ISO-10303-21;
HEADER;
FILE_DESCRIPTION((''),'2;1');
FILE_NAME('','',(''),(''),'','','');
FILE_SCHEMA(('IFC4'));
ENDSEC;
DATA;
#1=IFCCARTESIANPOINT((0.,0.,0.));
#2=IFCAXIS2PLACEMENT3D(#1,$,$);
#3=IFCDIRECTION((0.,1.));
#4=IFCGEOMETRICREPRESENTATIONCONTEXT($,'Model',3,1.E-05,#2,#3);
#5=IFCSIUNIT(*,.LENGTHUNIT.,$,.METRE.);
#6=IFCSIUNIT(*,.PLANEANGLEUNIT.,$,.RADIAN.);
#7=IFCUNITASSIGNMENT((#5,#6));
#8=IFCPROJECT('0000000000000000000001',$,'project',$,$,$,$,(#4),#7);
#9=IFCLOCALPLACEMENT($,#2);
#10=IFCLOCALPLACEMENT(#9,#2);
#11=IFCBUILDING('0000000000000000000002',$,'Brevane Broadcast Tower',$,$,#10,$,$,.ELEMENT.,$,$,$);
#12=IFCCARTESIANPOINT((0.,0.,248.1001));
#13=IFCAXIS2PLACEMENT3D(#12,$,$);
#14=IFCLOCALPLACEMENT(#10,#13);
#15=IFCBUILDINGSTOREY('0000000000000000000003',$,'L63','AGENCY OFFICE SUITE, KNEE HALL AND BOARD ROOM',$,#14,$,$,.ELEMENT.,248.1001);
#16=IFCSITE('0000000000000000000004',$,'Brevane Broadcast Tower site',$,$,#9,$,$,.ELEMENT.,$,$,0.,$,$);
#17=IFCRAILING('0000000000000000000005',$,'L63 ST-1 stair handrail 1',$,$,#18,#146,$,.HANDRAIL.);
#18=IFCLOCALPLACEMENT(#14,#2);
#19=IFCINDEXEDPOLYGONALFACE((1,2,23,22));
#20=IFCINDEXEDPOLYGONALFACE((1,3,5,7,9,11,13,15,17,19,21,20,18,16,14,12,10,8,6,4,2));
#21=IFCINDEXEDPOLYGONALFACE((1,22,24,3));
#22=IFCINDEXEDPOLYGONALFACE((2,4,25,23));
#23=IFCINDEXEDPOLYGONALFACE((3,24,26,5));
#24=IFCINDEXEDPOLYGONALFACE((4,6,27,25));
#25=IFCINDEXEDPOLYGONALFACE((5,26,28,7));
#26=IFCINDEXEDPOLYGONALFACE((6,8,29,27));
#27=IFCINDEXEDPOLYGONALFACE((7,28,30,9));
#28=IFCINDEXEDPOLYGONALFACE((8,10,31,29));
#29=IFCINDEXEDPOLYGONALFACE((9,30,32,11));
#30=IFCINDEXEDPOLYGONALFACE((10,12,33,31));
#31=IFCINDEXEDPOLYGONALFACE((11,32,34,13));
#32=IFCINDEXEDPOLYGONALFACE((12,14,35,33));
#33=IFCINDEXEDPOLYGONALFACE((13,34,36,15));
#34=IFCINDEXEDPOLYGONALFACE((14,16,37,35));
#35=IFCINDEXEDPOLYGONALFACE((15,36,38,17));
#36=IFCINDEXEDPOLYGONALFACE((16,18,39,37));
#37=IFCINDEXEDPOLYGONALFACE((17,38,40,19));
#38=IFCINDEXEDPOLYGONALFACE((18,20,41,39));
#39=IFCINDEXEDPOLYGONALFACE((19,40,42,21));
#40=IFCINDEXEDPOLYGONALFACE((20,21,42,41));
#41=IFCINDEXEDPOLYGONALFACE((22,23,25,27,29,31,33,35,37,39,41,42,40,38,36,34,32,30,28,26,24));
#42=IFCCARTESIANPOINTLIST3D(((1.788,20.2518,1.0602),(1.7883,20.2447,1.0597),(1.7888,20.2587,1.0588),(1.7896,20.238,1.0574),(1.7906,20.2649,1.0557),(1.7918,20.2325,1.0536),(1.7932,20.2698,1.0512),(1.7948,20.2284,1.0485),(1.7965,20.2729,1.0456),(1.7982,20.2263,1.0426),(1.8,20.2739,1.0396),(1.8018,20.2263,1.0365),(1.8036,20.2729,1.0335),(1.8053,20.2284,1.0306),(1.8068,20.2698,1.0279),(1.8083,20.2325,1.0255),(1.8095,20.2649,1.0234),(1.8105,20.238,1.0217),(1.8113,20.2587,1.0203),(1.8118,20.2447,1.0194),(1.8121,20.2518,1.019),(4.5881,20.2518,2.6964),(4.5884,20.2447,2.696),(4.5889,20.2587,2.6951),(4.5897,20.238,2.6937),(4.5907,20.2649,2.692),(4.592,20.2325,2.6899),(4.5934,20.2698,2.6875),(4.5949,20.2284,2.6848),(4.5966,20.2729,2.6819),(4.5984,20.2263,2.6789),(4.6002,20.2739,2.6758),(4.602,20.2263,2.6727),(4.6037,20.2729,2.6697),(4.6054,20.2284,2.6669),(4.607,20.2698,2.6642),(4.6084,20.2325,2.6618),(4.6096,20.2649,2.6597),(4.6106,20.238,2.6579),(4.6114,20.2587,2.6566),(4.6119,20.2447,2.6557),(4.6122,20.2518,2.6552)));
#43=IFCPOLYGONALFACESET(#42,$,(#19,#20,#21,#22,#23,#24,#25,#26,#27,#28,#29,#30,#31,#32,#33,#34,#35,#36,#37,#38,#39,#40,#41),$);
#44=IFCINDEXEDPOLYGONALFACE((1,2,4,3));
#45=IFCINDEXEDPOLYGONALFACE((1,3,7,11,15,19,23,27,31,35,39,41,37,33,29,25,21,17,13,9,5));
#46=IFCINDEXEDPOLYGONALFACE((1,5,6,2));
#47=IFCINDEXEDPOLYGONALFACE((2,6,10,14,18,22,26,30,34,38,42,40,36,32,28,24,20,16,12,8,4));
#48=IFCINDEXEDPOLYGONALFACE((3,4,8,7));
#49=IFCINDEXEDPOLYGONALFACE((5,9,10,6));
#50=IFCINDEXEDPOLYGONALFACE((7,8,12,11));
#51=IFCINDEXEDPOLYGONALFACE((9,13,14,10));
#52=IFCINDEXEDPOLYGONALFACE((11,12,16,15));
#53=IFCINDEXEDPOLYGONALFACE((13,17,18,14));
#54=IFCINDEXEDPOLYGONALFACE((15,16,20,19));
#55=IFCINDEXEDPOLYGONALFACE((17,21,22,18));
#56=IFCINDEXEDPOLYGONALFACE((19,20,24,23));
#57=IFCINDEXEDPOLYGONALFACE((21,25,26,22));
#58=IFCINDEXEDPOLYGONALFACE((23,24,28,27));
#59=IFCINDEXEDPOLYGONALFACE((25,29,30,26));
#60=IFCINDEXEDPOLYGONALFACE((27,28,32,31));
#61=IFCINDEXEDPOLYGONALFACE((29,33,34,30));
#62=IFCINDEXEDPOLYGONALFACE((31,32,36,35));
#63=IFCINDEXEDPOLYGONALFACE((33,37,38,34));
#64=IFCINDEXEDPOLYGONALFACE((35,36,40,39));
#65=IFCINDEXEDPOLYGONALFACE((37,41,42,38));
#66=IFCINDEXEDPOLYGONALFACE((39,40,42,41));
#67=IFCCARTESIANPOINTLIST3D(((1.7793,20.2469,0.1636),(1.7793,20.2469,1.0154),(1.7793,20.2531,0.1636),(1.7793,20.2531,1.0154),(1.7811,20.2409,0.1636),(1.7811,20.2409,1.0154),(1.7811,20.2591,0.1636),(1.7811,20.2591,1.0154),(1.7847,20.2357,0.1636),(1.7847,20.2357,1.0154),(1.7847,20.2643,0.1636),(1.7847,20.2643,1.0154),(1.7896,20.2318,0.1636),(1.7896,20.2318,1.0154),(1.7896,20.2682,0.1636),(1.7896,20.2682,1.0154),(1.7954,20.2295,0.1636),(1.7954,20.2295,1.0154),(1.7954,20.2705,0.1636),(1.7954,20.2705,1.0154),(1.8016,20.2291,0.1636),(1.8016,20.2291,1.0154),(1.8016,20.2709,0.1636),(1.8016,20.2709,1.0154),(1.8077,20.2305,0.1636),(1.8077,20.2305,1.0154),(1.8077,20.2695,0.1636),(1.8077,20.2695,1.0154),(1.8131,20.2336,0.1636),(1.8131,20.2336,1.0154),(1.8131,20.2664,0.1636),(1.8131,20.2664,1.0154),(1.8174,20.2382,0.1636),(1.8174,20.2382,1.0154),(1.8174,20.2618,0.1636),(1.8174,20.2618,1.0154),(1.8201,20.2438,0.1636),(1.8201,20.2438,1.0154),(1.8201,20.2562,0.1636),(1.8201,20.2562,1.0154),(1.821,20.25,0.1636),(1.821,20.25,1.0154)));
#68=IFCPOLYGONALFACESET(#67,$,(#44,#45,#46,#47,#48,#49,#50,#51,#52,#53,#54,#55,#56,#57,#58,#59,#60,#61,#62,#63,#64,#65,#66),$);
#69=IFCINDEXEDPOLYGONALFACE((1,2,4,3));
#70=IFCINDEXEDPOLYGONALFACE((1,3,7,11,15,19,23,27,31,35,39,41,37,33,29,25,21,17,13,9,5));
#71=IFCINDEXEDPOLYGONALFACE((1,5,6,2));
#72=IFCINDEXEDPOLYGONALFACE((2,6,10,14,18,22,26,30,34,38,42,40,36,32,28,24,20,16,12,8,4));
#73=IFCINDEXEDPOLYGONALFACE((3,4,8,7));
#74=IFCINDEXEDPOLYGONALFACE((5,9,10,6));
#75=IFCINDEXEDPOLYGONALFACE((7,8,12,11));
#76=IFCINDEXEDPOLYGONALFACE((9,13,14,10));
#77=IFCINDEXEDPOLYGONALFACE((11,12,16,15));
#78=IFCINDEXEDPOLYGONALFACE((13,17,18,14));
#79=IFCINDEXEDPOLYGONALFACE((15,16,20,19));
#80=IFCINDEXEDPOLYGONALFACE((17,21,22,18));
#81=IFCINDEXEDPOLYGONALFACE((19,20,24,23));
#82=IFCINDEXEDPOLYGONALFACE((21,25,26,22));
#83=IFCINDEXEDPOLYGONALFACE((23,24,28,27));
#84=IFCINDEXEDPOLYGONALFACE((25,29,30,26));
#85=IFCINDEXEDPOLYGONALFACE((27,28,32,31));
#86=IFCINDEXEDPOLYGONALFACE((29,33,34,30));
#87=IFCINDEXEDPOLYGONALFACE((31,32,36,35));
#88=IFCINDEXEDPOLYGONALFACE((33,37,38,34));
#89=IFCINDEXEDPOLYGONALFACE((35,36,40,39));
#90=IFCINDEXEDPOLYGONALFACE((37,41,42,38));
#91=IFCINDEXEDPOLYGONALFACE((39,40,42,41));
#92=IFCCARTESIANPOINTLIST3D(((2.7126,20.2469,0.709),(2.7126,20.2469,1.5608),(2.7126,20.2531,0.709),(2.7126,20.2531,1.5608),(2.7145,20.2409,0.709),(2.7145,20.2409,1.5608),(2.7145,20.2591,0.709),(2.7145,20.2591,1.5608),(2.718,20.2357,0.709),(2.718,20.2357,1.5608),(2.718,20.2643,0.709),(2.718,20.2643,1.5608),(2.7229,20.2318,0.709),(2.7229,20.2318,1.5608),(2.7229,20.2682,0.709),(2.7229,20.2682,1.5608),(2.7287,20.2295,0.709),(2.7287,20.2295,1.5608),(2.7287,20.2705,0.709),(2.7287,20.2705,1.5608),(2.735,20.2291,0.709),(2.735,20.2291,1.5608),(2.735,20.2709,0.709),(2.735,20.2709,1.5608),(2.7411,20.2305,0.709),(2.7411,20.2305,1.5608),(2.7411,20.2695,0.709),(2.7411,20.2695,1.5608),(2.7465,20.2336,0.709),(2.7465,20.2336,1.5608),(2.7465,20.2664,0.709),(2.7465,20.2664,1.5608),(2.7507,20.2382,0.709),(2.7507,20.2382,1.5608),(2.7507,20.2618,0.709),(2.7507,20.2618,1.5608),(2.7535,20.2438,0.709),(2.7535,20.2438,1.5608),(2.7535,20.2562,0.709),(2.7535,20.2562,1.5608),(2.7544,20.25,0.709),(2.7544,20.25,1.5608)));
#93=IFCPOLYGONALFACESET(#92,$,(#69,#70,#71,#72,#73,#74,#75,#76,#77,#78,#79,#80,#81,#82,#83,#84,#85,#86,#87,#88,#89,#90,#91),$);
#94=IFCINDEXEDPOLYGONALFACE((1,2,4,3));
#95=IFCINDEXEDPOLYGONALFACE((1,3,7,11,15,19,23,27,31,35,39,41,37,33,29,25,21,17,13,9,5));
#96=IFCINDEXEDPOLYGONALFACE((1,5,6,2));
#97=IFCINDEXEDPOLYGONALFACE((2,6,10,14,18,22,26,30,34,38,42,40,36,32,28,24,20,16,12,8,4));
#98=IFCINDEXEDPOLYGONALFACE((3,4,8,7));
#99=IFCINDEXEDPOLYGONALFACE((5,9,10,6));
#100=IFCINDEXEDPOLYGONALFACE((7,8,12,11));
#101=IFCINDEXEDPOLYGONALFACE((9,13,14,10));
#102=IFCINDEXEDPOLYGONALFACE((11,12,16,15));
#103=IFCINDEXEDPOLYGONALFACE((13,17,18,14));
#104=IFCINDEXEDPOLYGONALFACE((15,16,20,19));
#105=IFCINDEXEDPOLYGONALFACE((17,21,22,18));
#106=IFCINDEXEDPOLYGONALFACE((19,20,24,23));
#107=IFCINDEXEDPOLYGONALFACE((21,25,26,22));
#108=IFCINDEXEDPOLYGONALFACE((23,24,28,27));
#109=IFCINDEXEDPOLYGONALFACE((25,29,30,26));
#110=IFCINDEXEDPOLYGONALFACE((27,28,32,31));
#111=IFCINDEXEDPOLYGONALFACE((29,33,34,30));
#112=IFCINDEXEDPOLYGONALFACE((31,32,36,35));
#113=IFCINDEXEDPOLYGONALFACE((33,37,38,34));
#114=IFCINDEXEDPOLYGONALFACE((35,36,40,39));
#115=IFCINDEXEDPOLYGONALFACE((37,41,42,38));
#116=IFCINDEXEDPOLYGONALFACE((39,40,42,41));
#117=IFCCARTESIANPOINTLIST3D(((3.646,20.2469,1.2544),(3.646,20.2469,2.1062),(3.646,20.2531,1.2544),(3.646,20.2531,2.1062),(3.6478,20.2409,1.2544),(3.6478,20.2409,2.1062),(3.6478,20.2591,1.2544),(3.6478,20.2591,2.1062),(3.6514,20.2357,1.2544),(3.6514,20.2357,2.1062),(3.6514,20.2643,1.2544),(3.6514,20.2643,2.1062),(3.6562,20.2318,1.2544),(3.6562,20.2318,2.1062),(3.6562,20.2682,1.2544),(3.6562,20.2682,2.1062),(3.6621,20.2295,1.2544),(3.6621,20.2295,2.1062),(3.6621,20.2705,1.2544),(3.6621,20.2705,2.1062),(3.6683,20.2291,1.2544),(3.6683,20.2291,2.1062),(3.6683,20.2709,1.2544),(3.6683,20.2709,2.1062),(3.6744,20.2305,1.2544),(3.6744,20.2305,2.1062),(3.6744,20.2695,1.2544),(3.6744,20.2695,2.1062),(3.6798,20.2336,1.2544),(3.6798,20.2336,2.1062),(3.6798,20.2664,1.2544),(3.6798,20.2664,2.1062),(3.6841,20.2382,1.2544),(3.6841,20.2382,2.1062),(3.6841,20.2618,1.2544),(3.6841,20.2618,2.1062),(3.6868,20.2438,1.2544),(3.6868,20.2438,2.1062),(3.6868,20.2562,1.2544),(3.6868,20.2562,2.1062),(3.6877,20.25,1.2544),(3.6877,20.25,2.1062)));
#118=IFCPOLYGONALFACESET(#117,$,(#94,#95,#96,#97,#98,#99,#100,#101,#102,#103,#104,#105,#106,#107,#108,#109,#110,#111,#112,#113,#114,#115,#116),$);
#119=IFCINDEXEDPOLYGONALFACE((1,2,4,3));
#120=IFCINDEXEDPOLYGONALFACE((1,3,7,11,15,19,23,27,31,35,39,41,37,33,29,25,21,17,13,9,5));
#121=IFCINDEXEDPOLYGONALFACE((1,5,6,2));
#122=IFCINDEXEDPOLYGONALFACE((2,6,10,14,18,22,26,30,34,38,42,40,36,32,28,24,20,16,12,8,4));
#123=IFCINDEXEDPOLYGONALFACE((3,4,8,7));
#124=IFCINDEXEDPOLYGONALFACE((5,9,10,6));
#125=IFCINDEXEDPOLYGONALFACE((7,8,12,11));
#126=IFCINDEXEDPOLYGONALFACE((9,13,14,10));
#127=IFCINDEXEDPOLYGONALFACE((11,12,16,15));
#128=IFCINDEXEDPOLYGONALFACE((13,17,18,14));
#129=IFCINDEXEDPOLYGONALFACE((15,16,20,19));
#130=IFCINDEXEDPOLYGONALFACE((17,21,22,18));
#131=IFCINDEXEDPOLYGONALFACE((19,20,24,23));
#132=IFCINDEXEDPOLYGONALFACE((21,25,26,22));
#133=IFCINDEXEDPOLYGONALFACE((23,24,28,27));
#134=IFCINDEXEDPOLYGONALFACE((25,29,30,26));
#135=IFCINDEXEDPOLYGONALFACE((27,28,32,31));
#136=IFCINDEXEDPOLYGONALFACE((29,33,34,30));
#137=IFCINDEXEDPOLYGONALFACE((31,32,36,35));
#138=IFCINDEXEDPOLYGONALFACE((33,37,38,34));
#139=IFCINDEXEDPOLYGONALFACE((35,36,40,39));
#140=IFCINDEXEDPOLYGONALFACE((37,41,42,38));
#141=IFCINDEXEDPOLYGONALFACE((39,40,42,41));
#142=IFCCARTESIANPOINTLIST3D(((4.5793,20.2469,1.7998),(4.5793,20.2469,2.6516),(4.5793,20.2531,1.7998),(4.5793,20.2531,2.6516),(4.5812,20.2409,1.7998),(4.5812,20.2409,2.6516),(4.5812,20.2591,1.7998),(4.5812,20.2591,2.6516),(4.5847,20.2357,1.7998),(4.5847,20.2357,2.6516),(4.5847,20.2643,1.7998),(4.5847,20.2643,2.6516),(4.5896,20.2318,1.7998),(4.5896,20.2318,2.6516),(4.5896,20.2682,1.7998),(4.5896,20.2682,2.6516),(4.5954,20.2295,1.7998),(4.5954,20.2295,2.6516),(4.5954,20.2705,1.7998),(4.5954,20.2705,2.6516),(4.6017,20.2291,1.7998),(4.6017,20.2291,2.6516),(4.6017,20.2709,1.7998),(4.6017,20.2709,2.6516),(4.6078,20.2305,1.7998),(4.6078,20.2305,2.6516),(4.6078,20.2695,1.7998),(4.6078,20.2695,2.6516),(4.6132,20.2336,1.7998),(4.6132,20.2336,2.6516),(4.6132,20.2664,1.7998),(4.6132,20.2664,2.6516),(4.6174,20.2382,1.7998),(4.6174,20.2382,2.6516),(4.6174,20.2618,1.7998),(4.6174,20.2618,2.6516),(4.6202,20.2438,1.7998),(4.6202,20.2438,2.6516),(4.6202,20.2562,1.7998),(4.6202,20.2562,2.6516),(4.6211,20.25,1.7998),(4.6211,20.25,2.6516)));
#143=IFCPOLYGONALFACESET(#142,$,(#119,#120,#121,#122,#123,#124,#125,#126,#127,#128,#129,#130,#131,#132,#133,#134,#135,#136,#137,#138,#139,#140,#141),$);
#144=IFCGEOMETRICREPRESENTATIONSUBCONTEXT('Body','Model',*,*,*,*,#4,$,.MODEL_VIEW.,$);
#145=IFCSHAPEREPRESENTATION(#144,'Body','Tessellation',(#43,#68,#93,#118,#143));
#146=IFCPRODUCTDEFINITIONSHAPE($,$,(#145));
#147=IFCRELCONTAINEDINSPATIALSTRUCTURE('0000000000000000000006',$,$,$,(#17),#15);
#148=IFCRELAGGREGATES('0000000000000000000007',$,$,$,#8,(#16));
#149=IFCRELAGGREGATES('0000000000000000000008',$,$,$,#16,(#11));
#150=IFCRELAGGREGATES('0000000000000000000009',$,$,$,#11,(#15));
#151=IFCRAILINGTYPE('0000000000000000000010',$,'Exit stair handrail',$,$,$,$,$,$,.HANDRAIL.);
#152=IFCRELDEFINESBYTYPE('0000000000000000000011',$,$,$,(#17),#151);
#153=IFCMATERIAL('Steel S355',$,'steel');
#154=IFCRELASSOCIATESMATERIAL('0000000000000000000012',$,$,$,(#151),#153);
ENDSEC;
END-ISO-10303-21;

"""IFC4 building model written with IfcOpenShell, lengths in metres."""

from ifc_helpers import new_model, si_unit, direction, frame, origin, origin_2d, place, context, subcontext, project, spatial, circle, extrude, material, type_object, element, save


model = new_model("IFC4")

# Units and contexts
model_context = context("Model", 3, precision=1e-05, world=origin(), true_north=direction((0.0, 1.0)))
body_context = subcontext(model_context, "Body", "Model", "MODEL_VIEW")
ifc_project = project(units=[si_unit("LENGTHUNIT", "METRE"), si_unit("PLANEANGLEUNIT", "RADIAN")], contexts=[model_context])

# Site, building, storey
site_placement = place(None, origin())
site = spatial("IfcSite", under=ifc_project, at=site_placement, Name="Brevane Broadcast Tower site", CompositionType="ELEMENT", RefElevation=0.0)
building_placement = place(site_placement, origin())
building = spatial("IfcBuilding", under=site, at=building_placement, Name="Brevane Broadcast Tower", CompositionType="ELEMENT")
storey_placement = place(building_placement, frame((0.0, 0.0, 248.1001)))
storey = spatial("IfcBuildingStorey", under=building, at=storey_placement, Name="L63", Description="AGENCY OFFICE SUITE, KNEE HALL AND BOARD ROOM", CompositionType="ELEMENT", Elevation=248.1001)

# Railing
ifc_material_1 = material(Name="Steel S355", Category="steel")
railing_type_1 = type_object("IfcRailingType", Name="Exit stair handrail", PredefinedType="HANDRAIL", material=ifc_material_1)
railing_1_placement = place(storey_placement, frame((1.8, 20.25, 0.1636)))
element("IfcRailing", 1, at=railing_1_placement, inside=storey, type_object=railing_type_1, Name="L63 ST-1 stair handrail 1", PredefinedType="HANDRAIL", context=body_context, shape_type="SweptSolid", body=[
    extrude(circle(Radius=0.0239, at=origin_2d()), frame((0.0, 0.0, 0.876), z_axis=(0.863394, 0.0, 0.504531), x_axis=(0.0, 1.0, 0.0)), (0.0, 0.0, 1.0), 3.2432),
    extrude(circle(Radius=0.021, at=origin_2d()), origin(), (0.0, 0.0, 1.0), 0.8518),
    extrude(circle(Radius=0.021, at=origin_2d()), frame((0.9333, 0.0, 0.5454)), (0.0, 0.0, 1.0), 0.8518),
    extrude(circle(Radius=0.021, at=origin_2d()), frame((1.8667, 0.0, 1.0908)), (0.0, 0.0, 1.0), 0.8518),
    extrude(circle(Radius=0.021, at=origin_2d()), frame((2.8, 0.0, 1.6362)), (0.0, 0.0, 1.0), 0.8518),
])

save(model, "model.ifc")
